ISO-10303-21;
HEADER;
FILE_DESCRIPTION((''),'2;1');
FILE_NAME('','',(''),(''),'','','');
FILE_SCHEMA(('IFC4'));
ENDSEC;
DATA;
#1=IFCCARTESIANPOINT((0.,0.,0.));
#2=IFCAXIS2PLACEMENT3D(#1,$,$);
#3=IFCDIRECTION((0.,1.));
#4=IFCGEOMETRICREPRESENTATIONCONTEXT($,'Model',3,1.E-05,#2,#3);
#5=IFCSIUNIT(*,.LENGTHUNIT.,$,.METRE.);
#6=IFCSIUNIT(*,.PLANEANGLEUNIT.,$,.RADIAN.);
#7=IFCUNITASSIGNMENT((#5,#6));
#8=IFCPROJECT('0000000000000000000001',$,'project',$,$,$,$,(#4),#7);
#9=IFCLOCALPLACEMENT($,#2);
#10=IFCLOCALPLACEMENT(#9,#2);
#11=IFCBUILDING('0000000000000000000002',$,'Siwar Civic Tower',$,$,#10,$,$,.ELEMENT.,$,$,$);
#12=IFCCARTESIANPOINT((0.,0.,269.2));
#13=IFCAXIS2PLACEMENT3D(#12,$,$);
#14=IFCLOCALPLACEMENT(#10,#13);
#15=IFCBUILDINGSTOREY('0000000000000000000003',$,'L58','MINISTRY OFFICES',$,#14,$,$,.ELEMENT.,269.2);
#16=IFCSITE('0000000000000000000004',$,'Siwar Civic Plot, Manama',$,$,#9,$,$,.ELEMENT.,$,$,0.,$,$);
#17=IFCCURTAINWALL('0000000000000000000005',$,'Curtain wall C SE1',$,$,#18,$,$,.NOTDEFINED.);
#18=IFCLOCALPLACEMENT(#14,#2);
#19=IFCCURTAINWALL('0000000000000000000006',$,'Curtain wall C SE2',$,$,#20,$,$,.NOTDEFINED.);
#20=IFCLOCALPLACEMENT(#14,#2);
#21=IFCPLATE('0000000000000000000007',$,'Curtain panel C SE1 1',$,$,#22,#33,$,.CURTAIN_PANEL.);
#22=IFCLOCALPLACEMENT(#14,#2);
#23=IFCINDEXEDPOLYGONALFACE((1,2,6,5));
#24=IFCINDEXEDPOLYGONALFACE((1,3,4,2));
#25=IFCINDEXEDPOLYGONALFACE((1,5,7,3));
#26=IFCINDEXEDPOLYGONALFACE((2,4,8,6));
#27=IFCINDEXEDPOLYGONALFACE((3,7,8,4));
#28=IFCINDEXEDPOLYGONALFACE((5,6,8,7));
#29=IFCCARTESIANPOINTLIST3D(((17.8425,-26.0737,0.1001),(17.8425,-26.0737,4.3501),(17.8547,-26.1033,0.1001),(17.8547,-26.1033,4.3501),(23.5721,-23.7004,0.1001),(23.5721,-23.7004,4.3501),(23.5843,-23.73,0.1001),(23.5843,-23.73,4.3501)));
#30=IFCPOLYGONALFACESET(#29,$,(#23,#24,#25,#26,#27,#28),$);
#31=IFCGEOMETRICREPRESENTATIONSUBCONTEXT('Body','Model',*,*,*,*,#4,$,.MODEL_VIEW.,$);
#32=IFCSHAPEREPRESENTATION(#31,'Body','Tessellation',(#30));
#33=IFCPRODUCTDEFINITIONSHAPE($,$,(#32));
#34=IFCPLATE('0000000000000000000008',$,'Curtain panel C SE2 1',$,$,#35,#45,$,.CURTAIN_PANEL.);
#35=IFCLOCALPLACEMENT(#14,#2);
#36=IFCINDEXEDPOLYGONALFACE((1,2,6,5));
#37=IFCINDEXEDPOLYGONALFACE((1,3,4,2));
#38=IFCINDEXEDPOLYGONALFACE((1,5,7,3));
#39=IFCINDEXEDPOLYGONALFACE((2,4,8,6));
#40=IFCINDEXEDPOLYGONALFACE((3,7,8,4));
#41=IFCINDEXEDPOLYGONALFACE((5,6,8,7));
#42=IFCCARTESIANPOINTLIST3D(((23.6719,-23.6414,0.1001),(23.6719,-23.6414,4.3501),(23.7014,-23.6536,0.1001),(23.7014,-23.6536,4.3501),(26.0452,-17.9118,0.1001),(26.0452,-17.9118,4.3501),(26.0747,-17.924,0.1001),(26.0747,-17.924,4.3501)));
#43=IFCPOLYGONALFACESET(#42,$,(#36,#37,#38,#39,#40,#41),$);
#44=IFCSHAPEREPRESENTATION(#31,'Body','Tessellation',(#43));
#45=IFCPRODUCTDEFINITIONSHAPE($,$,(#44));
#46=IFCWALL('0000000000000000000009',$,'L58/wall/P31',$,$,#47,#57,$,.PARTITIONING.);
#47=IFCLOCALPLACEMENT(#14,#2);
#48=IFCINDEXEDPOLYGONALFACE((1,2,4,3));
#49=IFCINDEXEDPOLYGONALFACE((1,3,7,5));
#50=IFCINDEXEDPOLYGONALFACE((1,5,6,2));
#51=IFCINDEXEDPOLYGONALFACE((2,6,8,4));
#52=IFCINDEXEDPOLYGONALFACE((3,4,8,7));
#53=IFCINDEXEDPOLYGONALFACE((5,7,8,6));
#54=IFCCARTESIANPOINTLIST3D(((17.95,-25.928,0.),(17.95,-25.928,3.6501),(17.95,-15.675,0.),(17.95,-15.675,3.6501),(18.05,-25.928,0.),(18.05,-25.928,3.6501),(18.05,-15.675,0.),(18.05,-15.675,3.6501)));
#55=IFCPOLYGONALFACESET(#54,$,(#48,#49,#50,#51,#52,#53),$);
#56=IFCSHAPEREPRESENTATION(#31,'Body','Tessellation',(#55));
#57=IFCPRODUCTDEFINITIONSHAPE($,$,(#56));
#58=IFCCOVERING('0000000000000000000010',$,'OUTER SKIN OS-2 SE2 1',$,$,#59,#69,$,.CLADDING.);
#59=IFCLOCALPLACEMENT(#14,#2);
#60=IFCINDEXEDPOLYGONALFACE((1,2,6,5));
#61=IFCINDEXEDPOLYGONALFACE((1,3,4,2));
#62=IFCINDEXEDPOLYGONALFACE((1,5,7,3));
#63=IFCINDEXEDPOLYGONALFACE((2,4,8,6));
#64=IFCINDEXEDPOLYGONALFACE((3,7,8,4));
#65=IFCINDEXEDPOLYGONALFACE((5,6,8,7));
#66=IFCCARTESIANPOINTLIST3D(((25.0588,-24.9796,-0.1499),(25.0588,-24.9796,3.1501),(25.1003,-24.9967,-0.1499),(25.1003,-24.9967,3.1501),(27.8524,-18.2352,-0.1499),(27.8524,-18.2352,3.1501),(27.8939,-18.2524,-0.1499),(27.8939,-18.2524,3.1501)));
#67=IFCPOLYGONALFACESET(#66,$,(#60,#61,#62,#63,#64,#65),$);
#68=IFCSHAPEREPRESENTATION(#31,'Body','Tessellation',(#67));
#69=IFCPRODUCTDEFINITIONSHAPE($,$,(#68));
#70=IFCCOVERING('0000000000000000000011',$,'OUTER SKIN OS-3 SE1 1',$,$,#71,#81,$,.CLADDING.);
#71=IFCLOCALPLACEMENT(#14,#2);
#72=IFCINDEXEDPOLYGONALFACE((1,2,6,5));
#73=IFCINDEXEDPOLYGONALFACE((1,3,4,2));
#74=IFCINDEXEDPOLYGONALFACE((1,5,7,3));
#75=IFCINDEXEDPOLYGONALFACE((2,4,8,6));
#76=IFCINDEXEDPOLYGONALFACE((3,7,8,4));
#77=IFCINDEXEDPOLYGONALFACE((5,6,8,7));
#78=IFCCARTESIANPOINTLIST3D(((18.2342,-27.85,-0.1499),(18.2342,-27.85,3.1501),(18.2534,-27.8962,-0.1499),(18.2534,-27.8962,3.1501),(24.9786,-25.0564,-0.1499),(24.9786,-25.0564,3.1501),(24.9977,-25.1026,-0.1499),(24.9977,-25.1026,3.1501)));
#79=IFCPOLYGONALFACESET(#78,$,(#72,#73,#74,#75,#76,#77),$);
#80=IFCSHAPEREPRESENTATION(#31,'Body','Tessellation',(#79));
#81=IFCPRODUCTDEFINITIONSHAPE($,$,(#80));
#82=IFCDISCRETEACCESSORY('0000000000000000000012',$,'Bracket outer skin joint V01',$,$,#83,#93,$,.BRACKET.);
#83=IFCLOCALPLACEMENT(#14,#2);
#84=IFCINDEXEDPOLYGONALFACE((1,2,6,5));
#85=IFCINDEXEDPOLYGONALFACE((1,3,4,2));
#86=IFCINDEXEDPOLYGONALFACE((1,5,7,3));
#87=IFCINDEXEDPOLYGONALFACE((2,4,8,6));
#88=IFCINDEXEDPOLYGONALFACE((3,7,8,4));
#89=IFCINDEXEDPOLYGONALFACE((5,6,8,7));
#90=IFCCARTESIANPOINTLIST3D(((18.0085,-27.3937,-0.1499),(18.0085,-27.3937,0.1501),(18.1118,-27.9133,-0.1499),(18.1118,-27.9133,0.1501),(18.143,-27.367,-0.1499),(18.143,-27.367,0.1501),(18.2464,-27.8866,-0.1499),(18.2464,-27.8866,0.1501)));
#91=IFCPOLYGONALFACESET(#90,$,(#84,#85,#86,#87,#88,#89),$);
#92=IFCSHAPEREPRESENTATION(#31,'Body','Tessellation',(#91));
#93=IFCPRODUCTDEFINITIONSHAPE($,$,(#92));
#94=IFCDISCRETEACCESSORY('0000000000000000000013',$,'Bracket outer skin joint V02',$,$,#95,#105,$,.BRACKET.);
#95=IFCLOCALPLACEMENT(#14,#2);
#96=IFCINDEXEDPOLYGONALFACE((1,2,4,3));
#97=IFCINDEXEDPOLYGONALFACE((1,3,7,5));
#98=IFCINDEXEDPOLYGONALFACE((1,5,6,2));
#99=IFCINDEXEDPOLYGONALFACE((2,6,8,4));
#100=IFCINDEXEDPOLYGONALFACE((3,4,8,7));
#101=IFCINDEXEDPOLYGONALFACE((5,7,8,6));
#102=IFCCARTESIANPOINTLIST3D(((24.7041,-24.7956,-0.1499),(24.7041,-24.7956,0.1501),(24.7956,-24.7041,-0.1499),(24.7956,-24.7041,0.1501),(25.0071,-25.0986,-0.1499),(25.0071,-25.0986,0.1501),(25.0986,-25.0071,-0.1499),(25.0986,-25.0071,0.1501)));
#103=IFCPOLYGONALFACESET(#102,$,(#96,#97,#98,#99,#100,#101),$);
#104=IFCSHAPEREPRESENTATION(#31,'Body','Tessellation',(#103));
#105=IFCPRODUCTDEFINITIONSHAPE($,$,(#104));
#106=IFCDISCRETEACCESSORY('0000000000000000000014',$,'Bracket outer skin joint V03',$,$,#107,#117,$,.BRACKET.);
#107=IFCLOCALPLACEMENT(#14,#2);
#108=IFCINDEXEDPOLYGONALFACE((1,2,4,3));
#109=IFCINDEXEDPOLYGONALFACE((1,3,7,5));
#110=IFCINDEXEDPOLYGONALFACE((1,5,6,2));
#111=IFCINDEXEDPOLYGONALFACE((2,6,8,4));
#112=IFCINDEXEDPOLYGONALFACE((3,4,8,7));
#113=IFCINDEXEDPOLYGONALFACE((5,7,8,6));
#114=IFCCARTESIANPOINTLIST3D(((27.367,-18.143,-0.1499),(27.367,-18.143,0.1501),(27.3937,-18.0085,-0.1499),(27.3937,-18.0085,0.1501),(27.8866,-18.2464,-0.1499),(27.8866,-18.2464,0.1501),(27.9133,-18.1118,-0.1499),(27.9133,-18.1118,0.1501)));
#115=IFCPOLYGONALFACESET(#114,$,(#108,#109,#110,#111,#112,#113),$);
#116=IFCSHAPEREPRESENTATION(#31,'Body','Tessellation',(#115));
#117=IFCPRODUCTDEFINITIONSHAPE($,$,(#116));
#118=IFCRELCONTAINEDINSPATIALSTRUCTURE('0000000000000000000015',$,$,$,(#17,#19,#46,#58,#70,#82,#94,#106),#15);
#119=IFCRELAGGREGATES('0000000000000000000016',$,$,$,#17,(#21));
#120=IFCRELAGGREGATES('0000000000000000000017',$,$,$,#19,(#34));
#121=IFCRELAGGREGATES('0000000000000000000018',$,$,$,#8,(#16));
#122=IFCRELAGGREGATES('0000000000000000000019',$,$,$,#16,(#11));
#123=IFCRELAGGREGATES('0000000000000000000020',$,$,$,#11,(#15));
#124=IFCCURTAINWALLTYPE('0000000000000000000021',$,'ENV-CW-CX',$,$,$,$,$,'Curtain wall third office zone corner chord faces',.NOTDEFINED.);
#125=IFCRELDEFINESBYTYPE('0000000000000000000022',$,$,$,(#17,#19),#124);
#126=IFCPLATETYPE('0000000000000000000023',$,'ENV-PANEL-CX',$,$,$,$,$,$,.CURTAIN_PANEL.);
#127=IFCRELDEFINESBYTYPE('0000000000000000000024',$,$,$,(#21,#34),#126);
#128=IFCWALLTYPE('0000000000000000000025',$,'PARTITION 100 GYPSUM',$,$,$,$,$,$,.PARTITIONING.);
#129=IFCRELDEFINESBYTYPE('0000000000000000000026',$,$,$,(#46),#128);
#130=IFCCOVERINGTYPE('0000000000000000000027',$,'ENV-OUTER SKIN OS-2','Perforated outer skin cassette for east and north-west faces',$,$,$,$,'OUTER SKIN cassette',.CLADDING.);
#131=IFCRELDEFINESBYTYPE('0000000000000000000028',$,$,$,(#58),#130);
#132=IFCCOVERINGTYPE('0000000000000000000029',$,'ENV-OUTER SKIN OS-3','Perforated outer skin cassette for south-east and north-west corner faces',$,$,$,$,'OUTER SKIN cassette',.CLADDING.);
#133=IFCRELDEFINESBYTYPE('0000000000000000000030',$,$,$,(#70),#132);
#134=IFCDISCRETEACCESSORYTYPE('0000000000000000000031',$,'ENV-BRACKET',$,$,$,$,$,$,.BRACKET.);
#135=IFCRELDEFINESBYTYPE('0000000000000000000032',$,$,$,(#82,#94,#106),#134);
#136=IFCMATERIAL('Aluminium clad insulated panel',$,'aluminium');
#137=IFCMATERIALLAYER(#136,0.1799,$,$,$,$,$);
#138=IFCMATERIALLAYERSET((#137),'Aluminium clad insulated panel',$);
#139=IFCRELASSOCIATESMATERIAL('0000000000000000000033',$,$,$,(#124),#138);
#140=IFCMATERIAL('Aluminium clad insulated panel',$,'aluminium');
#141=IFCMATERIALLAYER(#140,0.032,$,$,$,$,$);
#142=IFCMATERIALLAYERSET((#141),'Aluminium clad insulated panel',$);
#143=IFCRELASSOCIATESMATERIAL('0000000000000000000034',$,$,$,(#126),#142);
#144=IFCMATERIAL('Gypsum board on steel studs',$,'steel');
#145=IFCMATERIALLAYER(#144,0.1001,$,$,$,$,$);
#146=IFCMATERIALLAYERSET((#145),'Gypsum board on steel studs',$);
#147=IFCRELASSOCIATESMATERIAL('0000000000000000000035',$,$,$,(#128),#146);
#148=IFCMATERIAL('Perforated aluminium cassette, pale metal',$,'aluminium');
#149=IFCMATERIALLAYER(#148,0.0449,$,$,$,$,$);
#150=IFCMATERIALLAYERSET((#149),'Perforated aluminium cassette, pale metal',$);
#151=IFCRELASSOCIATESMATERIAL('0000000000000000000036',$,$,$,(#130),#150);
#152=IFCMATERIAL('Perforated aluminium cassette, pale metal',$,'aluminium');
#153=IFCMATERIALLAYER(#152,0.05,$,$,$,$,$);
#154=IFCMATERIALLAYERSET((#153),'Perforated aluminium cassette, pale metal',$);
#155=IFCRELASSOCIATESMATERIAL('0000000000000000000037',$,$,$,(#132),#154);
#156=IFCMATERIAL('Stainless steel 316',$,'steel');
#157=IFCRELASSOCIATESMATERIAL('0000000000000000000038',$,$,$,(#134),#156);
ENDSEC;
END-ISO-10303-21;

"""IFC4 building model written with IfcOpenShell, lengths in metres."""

from ifc_helpers import new_model, si_unit, direction, frame, frame_2d, origin, origin_2d, place, context, subcontext, project, spatial, rectangle, extrude, material, layer, layer_set, type_object, element, aggregate, save


model = new_model("IFC4")

# Units and contexts
model_context = context("Model", 3, precision=1e-05, world=origin(), true_north=direction((0.0, 1.0)))
body_context = subcontext(model_context, "Body", "Model", "MODEL_VIEW")
ifc_project = project(units=[si_unit("LENGTHUNIT", "METRE"), si_unit("PLANEANGLEUNIT", "RADIAN")], contexts=[model_context])

# Site, building, storey
site_placement = place(None, origin())
site = spatial("IfcSite", under=ifc_project, at=site_placement, Name="Siwar Civic Plot, Manama", CompositionType="ELEMENT", RefElevation=0.0)
building_placement = place(site_placement, origin())
building = spatial("IfcBuilding", under=site, at=building_placement, Name="Siwar Civic Tower", CompositionType="ELEMENT")
storey_placement = place(building_placement, frame((0.0, 0.0, 269.2)))
storey = spatial("IfcBuildingStorey", under=building, at=storey_placement, Name="L58", Description="MINISTRY OFFICES", CompositionType="ELEMENT", Elevation=269.2)

# Curtain walls
ifc_material_1 = material(Name="Aluminium clad insulated panel", Category="aluminium")
ifc_layer_1 = layer(ifc_material_1, 0.1799)
ifc_layer_set_1 = layer_set([ifc_layer_1], Name="Aluminium clad insulated panel")
curtain_wall_type = type_object("IfcCurtainWallType", Name="ENV-CW-CX", ElementType="Curtain wall third office zone corner chord faces", PredefinedType="NOTDEFINED", material=ifc_layer_set_1)
curtain_wall_1_placement = place(storey_placement, origin())
curtain_wall_1 = element("IfcCurtainWall", 1, at=curtain_wall_1_placement, inside=storey, type_object=curtain_wall_type, Name="Curtain wall C SE1", PredefinedType="NOTDEFINED")
curtain_wall_2_placement = place(storey_placement, origin())
curtain_wall_2 = element("IfcCurtainWall", 2, at=curtain_wall_2_placement, inside=storey, type_object=curtain_wall_type, Name="Curtain wall C SE2", PredefinedType="NOTDEFINED")

# Plates
ifc_material_2 = material(Name="Aluminium clad insulated panel", Category="aluminium")
ifc_layer_2 = layer(ifc_material_2, 0.032)
ifc_layer_set_2 = layer_set([ifc_layer_2], Name="Aluminium clad insulated panel")
plate_type = type_object("IfcPlateType", Name="ENV-PANEL-CX", PredefinedType="CURTAIN_PANEL", material=ifc_layer_set_2)
plate_1_placement = place(storey_placement, frame((20.7134, -24.9019, 0.1001), z_axis=(0.0, 0.0, 1.0), x_axis=(0.92388, 0.382683, 0.0)))
plate_1 = element("IfcPlate", 3, at=plate_1_placement, type_object=plate_type, Name="Curtain panel C SE1 1", PredefinedType="CURTAIN_PANEL", context=body_context, shape_type="SweptSolid", body=[
    extrude(rectangle(XDim=6.2017, YDim=0.032, at=origin_2d()), origin(), (0.0, 0.0, 1.0), 4.25),
])
aggregate(curtain_wall_1, [plate_1])
plate_2_placement = place(storey_placement, frame((24.8733, -20.7827, 0.1001), z_axis=(0.0, 0.0, 1.0), x_axis=(0.382683, 0.92388, 0.0)))
plate_2 = element("IfcPlate", 4, at=plate_2_placement, type_object=plate_type, Name="Curtain panel C SE2 1", PredefinedType="CURTAIN_PANEL", context=body_context, shape_type="SweptSolid", body=[
    extrude(rectangle(XDim=6.2017, YDim=0.032, at=origin_2d()), origin(), (0.0, 0.0, 1.0), 4.25),
])
aggregate(curtain_wall_2, [plate_2])

# Wall
ifc_material_3 = material(Name="Gypsum board on steel studs", Category="steel")
ifc_layer_3 = layer(ifc_material_3, 0.1001)
ifc_layer_set_3 = layer_set([ifc_layer_3], Name="Gypsum board on steel studs")
wall_type = type_object("IfcWallType", Name="PARTITION 100 GYPSUM", PredefinedType="PARTITIONING", material=ifc_layer_set_3)
wall_placement = place(storey_placement, frame((18.0, -25.928, 0.0), z_axis=(0.0, 0.0, 1.0), x_axis=(0.0, 1.0, 0.0)))
element("IfcWall", 5, at=wall_placement, inside=storey, type_object=wall_type, Name="L58/wall/P31", PredefinedType="PARTITIONING", context=body_context, shape_type="SweptSolid", body=[
    extrude(rectangle(XDim=10.2529, YDim=0.1001, at=frame_2d((5.1265, 0.0))), origin(), (0.0, 0.0, 1.0), 3.6501),
])

# Coverings
ifc_material_4 = material(Name="Perforated aluminium cassette, pale metal", Category="aluminium")
ifc_layer_4 = layer(ifc_material_4, 0.0449)
ifc_layer_set_4 = layer_set([ifc_layer_4], Name="Perforated aluminium cassette, pale metal")
covering_type_1 = type_object("IfcCoveringType", Name="ENV-OUTER SKIN OS-2", Description="Perforated outer skin cassette for east and north-west faces", ElementType="OUTER SKIN cassette", PredefinedType="CLADDING", material=ifc_layer_set_4)
covering_1_placement = place(storey_placement, frame((26.4763, -21.616, -0.1499), z_axis=(0.0, 0.0, 1.0), x_axis=(0.382683, 0.92388, 0.0)))
element("IfcCovering", 6, at=covering_1_placement, inside=storey, type_object=covering_type_1, Name="OUTER SKIN OS-2 SE2 1", PredefinedType="CLADDING", context=body_context, shape_type="SweptSolid", body=[
    extrude(rectangle(XDim=7.3, YDim=0.0449, at=origin_2d()), origin(), (0.0, 0.0, 1.0), 3.3),
])
ifc_material_5 = material(Name="Perforated aluminium cassette, pale metal", Category="aluminium")
ifc_layer_5 = layer(ifc_material_5, 0.05)
ifc_layer_set_5 = layer_set([ifc_layer_5], Name="Perforated aluminium cassette, pale metal")
covering_type_2 = type_object("IfcCoveringType", Name="ENV-OUTER SKIN OS-3", Description="Perforated outer skin cassette for south-east and north-west corner faces", ElementType="OUTER SKIN cassette", PredefinedType="CLADDING", material=ifc_layer_set_5)
covering_2_placement = place(storey_placement, frame((21.616, -26.4763, -0.1499), z_axis=(0.0, 0.0, 1.0), x_axis=(0.92388, 0.382683, 0.0)))
element("IfcCovering", 7, at=covering_2_placement, inside=storey, type_object=covering_type_2, Name="OUTER SKIN OS-3 SE1 1", PredefinedType="CLADDING", context=body_context, shape_type="SweptSolid", body=[
    extrude(rectangle(XDim=7.3, YDim=0.05, at=origin_2d()), origin(), (0.0, 0.0, 1.0), 3.3),
])

# Discrete accessories
ifc_material_6 = material(Name="Stainless steel 316", Category="steel")
discrete_accessory_type = type_object("IfcDiscreteAccessoryType", Name="ENV-BRACKET", PredefinedType="BRACKET", material=ifc_material_6)
discrete_accessory_1_placement = place(storey_placement, frame((18.1274, -27.6401, -0.1499), z_axis=(0.0, 0.0, 1.0), x_axis=(0.19509, -0.980785, 0.0)))
element("IfcDiscreteAccessory", 8, at=discrete_accessory_1_placement, inside=storey, type_object=discrete_accessory_type, Name="Bracket outer skin joint V01", PredefinedType="BRACKET", context=body_context, shape_type="SweptSolid", body=[
    extrude(rectangle(XDim=0.5298, YDim=0.1372, at=origin_2d()), origin(), (0.0, 0.0, 1.0), 0.3),
])
discrete_accessory_2_placement = place(storey_placement, frame((24.9014, -24.9014, -0.1499), z_axis=(0.0, 0.0, 1.0), x_axis=(0.707107, -0.707107, 0.0)))
element("IfcDiscreteAccessory", 9, at=discrete_accessory_2_placement, inside=storey, type_object=discrete_accessory_type, Name="Bracket outer skin joint V02", PredefinedType="BRACKET", context=body_context, shape_type="SweptSolid", body=[
    extrude(rectangle(XDim=0.4285, YDim=0.1294, at=origin_2d()), origin(), (0.0, 0.0, 1.0), 0.3),
])
discrete_accessory_3_placement = place(storey_placement, frame((27.6401, -18.1274, -0.1499), z_axis=(0.0, 0.0, 1.0), x_axis=(0.980785, -0.19509, 0.0)))
element("IfcDiscreteAccessory", 10, at=discrete_accessory_3_placement, inside=storey, type_object=discrete_accessory_type, Name="Bracket outer skin joint V03", PredefinedType="BRACKET", context=body_context, shape_type="SweptSolid", body=[
    extrude(rectangle(XDim=0.5298, YDim=0.1372, at=origin_2d()), origin(), (0.0, 0.0, 1.0), 0.3),
])

save(model, "model.ifc")
